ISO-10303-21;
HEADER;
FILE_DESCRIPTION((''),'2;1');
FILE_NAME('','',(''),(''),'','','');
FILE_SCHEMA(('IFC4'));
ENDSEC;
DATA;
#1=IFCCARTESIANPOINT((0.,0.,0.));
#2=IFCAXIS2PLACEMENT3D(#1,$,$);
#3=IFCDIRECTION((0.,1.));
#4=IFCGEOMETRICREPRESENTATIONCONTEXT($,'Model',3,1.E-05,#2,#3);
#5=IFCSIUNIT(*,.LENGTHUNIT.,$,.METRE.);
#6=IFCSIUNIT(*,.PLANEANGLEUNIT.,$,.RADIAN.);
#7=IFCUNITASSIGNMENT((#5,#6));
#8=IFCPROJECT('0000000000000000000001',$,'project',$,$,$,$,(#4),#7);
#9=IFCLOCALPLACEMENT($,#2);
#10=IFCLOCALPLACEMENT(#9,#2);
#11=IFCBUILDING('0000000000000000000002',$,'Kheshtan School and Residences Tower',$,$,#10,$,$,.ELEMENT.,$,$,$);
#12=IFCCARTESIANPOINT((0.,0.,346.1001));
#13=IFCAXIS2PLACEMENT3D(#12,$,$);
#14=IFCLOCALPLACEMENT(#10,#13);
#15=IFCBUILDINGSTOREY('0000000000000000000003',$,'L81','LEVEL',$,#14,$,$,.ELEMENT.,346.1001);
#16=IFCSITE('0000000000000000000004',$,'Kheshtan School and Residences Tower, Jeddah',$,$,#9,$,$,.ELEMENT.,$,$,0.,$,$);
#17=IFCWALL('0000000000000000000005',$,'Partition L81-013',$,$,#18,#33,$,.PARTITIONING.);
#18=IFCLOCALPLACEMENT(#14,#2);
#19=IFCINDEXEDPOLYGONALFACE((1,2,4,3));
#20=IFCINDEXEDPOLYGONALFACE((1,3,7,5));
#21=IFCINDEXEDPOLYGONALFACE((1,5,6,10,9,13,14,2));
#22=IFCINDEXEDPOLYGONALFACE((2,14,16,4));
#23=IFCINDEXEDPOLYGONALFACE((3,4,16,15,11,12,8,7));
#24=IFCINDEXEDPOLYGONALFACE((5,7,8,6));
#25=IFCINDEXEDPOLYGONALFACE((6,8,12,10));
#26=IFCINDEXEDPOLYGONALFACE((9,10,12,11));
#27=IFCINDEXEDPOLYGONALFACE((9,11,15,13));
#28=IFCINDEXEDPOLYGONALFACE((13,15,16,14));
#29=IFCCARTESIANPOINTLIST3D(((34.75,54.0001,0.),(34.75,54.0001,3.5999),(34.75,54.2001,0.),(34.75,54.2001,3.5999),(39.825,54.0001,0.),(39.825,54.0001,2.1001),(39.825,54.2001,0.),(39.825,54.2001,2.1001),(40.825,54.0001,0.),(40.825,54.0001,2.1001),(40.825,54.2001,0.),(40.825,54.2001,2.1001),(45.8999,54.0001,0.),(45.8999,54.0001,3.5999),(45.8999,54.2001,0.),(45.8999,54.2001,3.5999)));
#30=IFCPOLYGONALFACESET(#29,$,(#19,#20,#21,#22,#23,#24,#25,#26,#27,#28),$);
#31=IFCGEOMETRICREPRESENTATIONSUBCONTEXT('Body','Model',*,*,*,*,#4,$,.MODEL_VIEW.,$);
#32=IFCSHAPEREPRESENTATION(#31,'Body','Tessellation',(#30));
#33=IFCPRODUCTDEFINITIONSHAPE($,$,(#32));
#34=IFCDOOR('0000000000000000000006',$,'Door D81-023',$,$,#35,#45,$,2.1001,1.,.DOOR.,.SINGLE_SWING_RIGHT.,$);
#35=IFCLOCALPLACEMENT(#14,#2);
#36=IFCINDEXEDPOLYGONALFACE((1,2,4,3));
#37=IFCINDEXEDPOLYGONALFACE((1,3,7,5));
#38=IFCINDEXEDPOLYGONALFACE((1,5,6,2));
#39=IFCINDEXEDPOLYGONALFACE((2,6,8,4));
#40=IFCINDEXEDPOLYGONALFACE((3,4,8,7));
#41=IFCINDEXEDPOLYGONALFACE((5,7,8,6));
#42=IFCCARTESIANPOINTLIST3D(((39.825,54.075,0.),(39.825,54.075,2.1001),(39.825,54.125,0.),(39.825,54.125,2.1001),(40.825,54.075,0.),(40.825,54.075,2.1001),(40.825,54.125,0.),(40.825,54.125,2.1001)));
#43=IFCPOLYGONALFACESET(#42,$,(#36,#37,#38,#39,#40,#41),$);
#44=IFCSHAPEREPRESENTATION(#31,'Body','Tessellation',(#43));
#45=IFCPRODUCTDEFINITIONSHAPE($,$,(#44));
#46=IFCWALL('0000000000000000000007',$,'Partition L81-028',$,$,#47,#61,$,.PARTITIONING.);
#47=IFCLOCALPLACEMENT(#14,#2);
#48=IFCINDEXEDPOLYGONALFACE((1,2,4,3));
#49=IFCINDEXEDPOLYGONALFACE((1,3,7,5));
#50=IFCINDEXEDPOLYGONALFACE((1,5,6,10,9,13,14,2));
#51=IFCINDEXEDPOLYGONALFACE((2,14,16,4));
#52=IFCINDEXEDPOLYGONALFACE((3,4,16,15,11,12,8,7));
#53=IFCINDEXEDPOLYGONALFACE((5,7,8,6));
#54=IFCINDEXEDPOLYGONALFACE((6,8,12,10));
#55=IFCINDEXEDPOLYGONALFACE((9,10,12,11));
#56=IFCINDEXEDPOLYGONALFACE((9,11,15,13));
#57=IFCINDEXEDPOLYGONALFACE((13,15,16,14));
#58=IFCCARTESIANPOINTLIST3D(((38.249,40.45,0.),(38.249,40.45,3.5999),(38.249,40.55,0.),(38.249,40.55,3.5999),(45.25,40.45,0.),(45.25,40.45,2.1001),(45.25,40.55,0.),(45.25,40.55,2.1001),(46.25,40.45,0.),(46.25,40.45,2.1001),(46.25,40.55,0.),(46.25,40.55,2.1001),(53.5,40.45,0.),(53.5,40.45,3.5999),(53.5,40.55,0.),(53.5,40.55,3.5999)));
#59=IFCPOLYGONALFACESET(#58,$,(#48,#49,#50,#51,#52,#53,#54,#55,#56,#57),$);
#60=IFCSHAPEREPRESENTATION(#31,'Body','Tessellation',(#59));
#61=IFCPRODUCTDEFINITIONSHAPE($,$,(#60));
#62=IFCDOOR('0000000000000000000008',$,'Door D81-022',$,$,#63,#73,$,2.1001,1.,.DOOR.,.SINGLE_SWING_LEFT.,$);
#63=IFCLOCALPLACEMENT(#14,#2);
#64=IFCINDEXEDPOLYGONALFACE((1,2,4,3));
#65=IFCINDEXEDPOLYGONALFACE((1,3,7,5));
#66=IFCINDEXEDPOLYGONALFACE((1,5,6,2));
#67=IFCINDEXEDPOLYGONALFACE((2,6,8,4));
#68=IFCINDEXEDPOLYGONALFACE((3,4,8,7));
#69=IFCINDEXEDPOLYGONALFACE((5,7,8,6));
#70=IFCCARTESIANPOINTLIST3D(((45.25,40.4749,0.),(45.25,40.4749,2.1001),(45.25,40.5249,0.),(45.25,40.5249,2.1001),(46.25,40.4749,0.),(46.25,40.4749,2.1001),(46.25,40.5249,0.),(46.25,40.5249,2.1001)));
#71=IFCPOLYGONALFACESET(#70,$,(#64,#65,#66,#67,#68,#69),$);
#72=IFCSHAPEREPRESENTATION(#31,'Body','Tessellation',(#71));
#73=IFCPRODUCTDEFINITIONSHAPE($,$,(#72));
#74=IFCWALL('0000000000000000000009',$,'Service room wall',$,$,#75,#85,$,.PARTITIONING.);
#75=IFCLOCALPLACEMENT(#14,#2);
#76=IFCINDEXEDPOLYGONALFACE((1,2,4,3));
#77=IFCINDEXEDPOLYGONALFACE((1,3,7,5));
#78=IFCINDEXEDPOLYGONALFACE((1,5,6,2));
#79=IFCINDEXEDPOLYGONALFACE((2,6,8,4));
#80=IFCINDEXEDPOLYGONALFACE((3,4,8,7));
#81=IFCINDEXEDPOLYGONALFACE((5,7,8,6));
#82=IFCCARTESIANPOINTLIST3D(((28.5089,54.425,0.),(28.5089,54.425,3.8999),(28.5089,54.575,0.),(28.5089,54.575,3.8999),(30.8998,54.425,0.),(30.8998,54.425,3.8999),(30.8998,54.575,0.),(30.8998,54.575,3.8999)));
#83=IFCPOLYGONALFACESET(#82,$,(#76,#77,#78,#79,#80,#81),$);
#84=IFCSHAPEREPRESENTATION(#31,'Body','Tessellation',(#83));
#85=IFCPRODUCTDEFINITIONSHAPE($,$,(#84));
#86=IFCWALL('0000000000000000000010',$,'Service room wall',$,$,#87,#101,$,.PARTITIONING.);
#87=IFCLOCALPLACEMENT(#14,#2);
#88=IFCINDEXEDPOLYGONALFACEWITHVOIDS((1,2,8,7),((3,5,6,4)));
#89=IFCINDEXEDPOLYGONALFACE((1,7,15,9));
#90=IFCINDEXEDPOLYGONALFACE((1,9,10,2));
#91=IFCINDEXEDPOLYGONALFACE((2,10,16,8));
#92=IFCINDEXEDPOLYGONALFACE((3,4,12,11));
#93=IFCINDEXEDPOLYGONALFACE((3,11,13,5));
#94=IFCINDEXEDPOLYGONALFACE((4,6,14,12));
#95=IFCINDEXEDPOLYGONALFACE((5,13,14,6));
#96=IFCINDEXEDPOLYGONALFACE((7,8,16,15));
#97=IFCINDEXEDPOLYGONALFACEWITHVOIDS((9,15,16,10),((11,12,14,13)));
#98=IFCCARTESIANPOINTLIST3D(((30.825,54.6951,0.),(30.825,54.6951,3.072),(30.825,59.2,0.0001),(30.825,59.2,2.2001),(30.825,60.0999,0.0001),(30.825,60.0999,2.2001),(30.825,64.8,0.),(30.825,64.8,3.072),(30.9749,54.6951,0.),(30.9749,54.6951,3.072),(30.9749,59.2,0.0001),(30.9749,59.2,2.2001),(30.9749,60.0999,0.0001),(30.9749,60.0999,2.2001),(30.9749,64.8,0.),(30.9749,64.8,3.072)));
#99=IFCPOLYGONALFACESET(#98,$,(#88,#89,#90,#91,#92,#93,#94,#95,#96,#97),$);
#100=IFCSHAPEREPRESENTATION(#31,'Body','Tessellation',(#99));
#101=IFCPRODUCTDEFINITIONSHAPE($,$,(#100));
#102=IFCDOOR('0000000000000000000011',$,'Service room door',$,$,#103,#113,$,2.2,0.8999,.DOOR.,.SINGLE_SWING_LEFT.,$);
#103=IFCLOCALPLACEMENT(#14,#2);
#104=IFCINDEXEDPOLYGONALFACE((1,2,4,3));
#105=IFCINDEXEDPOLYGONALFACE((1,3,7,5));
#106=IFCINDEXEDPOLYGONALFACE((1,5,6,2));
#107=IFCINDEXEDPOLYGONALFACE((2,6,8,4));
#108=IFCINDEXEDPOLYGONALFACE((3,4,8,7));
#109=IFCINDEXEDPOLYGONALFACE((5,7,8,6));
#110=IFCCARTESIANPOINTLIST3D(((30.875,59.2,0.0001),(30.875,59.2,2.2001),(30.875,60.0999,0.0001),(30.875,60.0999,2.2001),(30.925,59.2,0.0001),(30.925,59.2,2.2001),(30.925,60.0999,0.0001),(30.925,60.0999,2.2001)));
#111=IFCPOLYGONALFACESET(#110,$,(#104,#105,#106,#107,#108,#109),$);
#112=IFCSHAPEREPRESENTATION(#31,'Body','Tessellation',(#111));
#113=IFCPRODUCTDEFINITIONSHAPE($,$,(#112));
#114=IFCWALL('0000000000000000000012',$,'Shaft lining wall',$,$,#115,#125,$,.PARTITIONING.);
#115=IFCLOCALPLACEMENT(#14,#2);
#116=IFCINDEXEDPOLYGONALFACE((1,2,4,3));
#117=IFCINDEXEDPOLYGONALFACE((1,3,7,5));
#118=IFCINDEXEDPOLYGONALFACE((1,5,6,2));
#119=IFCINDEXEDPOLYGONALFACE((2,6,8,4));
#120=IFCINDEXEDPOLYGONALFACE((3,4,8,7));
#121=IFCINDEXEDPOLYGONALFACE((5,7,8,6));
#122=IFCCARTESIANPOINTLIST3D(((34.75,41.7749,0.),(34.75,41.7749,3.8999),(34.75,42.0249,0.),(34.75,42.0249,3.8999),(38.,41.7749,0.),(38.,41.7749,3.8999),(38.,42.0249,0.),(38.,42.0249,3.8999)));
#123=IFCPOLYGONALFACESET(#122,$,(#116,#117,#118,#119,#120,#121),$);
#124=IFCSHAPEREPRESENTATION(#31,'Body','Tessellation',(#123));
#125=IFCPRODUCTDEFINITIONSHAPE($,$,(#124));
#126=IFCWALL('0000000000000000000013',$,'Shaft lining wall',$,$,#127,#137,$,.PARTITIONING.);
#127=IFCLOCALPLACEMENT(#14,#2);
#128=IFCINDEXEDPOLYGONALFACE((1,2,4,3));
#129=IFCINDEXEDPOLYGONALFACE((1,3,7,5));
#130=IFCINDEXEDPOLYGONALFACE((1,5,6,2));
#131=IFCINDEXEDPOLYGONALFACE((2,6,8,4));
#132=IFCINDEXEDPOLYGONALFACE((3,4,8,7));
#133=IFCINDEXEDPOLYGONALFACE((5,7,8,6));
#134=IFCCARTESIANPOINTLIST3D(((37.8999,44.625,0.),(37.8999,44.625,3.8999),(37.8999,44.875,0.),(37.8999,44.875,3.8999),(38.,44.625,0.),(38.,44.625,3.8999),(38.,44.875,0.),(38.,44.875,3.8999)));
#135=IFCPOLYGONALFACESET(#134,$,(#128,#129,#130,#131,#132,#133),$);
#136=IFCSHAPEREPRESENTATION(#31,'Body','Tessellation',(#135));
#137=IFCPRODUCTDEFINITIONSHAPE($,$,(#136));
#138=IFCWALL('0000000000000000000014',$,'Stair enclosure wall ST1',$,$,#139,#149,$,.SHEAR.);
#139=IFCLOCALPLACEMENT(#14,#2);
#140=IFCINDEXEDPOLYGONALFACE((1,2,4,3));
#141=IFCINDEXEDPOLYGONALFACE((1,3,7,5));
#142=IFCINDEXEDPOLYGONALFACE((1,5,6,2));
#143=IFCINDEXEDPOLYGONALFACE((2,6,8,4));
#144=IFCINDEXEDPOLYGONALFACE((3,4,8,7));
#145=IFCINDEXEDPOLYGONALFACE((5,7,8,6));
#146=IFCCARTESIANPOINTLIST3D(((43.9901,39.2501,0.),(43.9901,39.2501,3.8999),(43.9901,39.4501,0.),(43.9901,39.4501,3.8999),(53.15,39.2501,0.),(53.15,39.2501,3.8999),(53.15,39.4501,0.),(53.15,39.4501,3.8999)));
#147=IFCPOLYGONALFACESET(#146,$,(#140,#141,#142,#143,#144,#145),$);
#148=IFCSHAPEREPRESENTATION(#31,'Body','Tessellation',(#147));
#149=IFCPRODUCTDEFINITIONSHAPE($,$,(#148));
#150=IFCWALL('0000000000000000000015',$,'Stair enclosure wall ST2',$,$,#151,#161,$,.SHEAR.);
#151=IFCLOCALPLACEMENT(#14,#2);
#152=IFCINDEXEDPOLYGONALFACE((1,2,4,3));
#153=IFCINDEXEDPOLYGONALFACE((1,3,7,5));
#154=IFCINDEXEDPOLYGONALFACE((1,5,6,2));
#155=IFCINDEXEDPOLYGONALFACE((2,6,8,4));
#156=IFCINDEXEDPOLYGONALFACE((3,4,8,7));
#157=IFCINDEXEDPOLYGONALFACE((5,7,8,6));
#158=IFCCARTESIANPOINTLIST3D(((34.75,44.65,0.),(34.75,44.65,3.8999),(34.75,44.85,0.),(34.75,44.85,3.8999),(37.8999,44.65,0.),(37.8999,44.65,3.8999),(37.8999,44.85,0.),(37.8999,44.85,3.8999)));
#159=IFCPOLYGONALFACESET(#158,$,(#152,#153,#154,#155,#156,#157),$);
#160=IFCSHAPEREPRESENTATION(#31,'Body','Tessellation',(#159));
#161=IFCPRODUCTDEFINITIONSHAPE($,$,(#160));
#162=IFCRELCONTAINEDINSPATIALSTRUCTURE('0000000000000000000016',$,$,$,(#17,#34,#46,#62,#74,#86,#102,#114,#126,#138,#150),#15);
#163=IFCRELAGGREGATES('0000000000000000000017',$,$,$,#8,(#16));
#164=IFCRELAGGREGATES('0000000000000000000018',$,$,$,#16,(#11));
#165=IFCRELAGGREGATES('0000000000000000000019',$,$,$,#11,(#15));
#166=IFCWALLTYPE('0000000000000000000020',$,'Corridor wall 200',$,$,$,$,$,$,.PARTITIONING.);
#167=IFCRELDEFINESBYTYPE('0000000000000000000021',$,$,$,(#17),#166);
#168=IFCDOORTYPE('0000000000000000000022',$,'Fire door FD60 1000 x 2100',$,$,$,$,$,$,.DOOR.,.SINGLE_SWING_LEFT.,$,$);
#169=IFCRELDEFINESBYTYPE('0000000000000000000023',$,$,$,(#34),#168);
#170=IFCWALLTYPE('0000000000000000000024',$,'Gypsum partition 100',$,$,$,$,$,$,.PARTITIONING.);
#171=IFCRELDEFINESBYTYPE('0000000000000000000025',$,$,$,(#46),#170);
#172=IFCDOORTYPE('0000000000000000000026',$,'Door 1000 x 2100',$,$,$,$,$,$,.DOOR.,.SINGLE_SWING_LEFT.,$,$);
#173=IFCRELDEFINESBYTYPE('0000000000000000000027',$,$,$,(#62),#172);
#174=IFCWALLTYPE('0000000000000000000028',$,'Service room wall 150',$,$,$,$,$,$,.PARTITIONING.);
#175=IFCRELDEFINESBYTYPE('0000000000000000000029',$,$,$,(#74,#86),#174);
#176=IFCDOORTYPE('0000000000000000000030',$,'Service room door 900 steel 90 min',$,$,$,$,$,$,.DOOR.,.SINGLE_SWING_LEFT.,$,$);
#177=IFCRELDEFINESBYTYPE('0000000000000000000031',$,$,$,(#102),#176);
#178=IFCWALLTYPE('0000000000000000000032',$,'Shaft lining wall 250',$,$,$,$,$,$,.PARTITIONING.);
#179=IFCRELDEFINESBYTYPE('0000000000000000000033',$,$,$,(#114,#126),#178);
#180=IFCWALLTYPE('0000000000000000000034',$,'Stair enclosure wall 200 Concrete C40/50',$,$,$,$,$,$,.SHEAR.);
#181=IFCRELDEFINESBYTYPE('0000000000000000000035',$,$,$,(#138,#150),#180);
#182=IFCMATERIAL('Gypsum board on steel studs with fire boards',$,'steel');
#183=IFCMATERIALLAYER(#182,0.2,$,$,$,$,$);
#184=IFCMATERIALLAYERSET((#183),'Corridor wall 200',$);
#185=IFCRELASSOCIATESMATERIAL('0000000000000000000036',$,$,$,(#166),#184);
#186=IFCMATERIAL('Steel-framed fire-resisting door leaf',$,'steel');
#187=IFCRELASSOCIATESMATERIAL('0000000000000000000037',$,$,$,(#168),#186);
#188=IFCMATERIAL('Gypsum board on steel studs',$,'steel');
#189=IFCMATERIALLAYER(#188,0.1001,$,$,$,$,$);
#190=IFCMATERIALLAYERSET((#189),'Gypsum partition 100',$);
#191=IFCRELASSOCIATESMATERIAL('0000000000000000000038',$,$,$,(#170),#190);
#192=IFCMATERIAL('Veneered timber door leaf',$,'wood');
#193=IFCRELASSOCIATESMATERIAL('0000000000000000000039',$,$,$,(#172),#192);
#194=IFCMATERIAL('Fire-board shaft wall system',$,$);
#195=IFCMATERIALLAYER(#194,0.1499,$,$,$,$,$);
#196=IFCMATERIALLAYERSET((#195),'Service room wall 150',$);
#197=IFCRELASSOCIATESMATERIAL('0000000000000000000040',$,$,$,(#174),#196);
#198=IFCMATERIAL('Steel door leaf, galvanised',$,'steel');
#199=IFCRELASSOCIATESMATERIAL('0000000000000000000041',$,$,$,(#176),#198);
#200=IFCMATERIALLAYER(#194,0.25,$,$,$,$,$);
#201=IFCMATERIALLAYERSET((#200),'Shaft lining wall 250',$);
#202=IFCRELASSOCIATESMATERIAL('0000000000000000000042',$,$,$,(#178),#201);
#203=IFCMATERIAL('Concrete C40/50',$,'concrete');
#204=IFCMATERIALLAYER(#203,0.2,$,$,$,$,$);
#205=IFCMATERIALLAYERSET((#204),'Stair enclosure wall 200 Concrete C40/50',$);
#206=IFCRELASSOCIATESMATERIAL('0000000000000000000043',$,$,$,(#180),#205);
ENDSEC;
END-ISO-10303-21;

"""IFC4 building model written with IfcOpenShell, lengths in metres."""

from ifc_helpers import new_model, si_unit, direction, frame, frame_2d, origin, place, context, subcontext, project, spatial, rectangle, extrude, source, transform, mapped, material, layer, layer_set, type_object, element, fill, save


model = new_model("IFC4")

# Units and contexts
model_context = context("Model", 3, precision=1e-05, world=origin(), true_north=direction((0.0, 1.0)))
body_context = subcontext(model_context, "Body", "Model", "MODEL_VIEW")
ifc_project = project(units=[si_unit("LENGTHUNIT", "METRE"), si_unit("PLANEANGLEUNIT", "RADIAN")], contexts=[model_context])

# Site, building, storey
site_placement = place(None, origin())
site = spatial("IfcSite", under=ifc_project, at=site_placement, Name="Kheshtan School and Residences Tower, Jeddah", CompositionType="ELEMENT", RefElevation=0.0)
building_placement = place(site_placement, origin())
building = spatial("IfcBuilding", under=site, at=building_placement, Name="Kheshtan School and Residences Tower", CompositionType="ELEMENT")
storey_placement = place(building_placement, frame((0.0, 0.0, 346.1001)))
storey = spatial("IfcBuildingStorey", under=building, at=storey_placement, Name="L81", Description="LEVEL", CompositionType="ELEMENT", Elevation=346.1001)

# Walls, openings, doors
ifc_material_1 = material(Name="Gypsum board on steel studs with fire boards", Category="steel")
ifc_layer_1 = layer(ifc_material_1, 0.2)
ifc_layer_set_1 = layer_set([ifc_layer_1], Name="Corridor wall 200")
wall_type_1 = type_object("IfcWallType", Name="Corridor wall 200", PredefinedType="PARTITIONING", material=ifc_layer_set_1)
wall_1_placement = place(storey_placement, frame((34.75, 54.1001, 0.0), z_axis=(0.0, 0.0, 1.0), x_axis=(1.0, 0.0, 0.0)))
wall_1 = element("IfcWall", 1, at=wall_1_placement, inside=storey, type_object=wall_type_1, Name="Partition L81-013", PredefinedType="PARTITIONING", context=body_context, shape_type="SweptSolid", body=[
    extrude(rectangle(XDim=11.1499, YDim=0.2, at=frame_2d((5.575, 0.0))), origin(), (0.0, 0.0, 1.0), 3.5999),
])
opening_1_placement = place(wall_1_placement, frame((5.075, 0.0, 0.0)))
opening_1 = element("IfcOpeningElement", 2, at=opening_1_placement, cuts=wall_1, PredefinedType="OPENING", context=body_context, shape_type="SweptSolid", body=[
    extrude(rectangle(XDim=1.0, YDim=2.1001, at=frame_2d((0.5, 1.05))), frame((0.0, 0.1099, 0.0), z_axis=(0.0, -1.0, 0.0), x_axis=(1.0, 0.0, 0.0)), (0.0, 0.0, 1.0), 0.22),
])
ifc_material_2 = material(Name="Steel-framed fire-resisting door leaf", Category="steel")
door_type_1 = type_object("IfcDoorType", Name="Fire door FD60 1000 x 2100", OperationType="SINGLE_SWING_LEFT", PredefinedType="DOOR", material=ifc_material_2)
shared_shape_1 = source(origin(), body_context, "Body", "SweptSolid", [
    extrude(rectangle(XDim=1.0, YDim=2.1001, at=frame_2d((0.5, 1.05))), frame((0.0, 0.0249, 0.0), z_axis=(0.0, -1.0, 0.0), x_axis=(1.0, 0.0, 0.0)), (0.0, 0.0, 1.0), 0.05),
])
door_1_placement = place(opening_1_placement, origin())
door_1 = element("IfcDoor", 3, at=door_1_placement, inside=storey, type_object=door_type_1, Name="Door D81-023", OperationType="SINGLE_SWING_RIGHT", OverallHeight=2.1001, OverallWidth=1.0, PredefinedType="DOOR", context=body_context, shape_type="MappedRepresentation", body=[
    mapped(shared_shape_1, transform((0.0, 0.0, 0.0), x_axis=(1.0, 0.0, 0.0), y_axis=(0.0, 1.0, 0.0), z_axis=(0.0, 0.0, 1.0), scale=1.0)),
])
fill(opening_1, door_1)
ifc_material_3 = material(Name="Gypsum board on steel studs", Category="steel")
ifc_layer_2 = layer(ifc_material_3, 0.1001)
ifc_layer_set_2 = layer_set([ifc_layer_2], Name="Gypsum partition 100")
wall_type_2 = type_object("IfcWallType", Name="Gypsum partition 100", PredefinedType="PARTITIONING", material=ifc_layer_set_2)
wall_2_placement = place(storey_placement, frame((38.249, 40.5, 0.0), z_axis=(0.0, 0.0, 1.0), x_axis=(1.0, 0.0, 0.0)))
wall_2 = element("IfcWall", 4, at=wall_2_placement, inside=storey, type_object=wall_type_2, Name="Partition L81-028", PredefinedType="PARTITIONING", context=body_context, shape_type="SweptSolid", body=[
    extrude(rectangle(XDim=15.251, YDim=0.1001, at=frame_2d((7.6255, 0.0))), origin(), (0.0, 0.0, 1.0), 3.5999),
])
opening_2_placement = place(wall_2_placement, frame((7.001, 0.0, 0.0)))
opening_2 = element("IfcOpeningElement", 5, at=opening_2_placement, cuts=wall_2, PredefinedType="OPENING", context=body_context, shape_type="SweptSolid", body=[
    extrude(rectangle(XDim=1.0, YDim=2.1001, at=frame_2d((0.5, 1.05))), frame((0.0, 0.0601, 0.0), z_axis=(0.0, -1.0, 0.0), x_axis=(1.0, 0.0, 0.0)), (0.0, 0.0, 1.0), 0.1201),
])
ifc_material_4 = material(Name="Veneered timber door leaf", Category="wood")
door_type_2 = type_object("IfcDoorType", Name="Door 1000 x 2100", OperationType="SINGLE_SWING_LEFT", PredefinedType="DOOR", material=ifc_material_4)
shared_shape_2 = source(origin(), body_context, "Body", "SweptSolid", [
    extrude(rectangle(XDim=1.0, YDim=2.1001, at=frame_2d((0.5, 1.05))), frame((0.0, 0.0249, 0.0), z_axis=(0.0, -1.0, 0.0), x_axis=(1.0, 0.0, 0.0)), (0.0, 0.0, 1.0), 0.05),
])
door_2_placement = place(opening_2_placement, origin())
door_2 = element("IfcDoor", 6, at=door_2_placement, inside=storey, type_object=door_type_2, Name="Door D81-022", OperationType="SINGLE_SWING_LEFT", OverallHeight=2.1001, OverallWidth=1.0, PredefinedType="DOOR", context=body_context, shape_type="MappedRepresentation", body=[
    mapped(shared_shape_2, transform((0.0, 0.0, 0.0), x_axis=(1.0, 0.0, 0.0), y_axis=(0.0, 1.0, 0.0), z_axis=(0.0, 0.0, 1.0), scale=1.0)),
])
fill(opening_2, door_2)

# Wall
ifc_material_5 = material(Name="Fire-board shaft wall system")
ifc_layer_3 = layer(ifc_material_5, 0.1499)
ifc_layer_set_3 = layer_set([ifc_layer_3], Name="Service room wall 150")
wall_type_3 = type_object("IfcWallType", Name="Service room wall 150", PredefinedType="PARTITIONING", material=ifc_layer_set_3)
wall_3_placement = place(storey_placement, frame((28.509, 54.5, 0.0), z_axis=(0.0, 0.0, 1.0), x_axis=(1.0, 0.0, 0.0)))
element("IfcWall", 7, at=wall_3_placement, inside=storey, type_object=wall_type_3, Name="Service room wall", PredefinedType="PARTITIONING", context=body_context, shape_type="SweptSolid", body=[
    extrude(rectangle(XDim=2.3909, YDim=0.1499, at=frame_2d((1.1953, 0.0))), origin(), (0.0, 0.0, 1.0), 3.8999),
])

# Wall, opening, door
wall_4_placement = place(storey_placement, frame((30.8999, 54.6951, 0.0), z_axis=(0.0, 0.0, 1.0), x_axis=(0.0, 1.0, 0.0)))
wall_4 = element("IfcWall", 8, at=wall_4_placement, inside=storey, type_object=wall_type_3, Name="Service room wall", PredefinedType="PARTITIONING", context=body_context, shape_type="SweptSolid", body=[
    extrude(rectangle(XDim=10.105, YDim=0.1499, at=frame_2d((5.0525, 0.0))), origin(), (0.0, 0.0, 1.0), 3.072),
])
opening_3_placement = place(wall_4_placement, frame((4.5049, 0.0, 0.0)))
opening_3 = element("IfcOpeningElement", 9, at=opening_3_placement, cuts=wall_4, PredefinedType="OPENING", context=body_context, shape_type="SweptSolid", body=[
    extrude(rectangle(XDim=0.8999, YDim=2.2, at=frame_2d((0.45, 1.1001))), frame((0.0, 0.085, 0.0), z_axis=(0.0, -1.0, 0.0), x_axis=(1.0, 0.0, 0.0)), (0.0, 0.0, 1.0), 0.1699),
])
ifc_material_6 = material(Name="Steel door leaf, galvanised", Category="steel")
door_type_3 = type_object("IfcDoorType", Name="Service room door 900 steel 90 min", OperationType="SINGLE_SWING_LEFT", PredefinedType="DOOR", material=ifc_material_6)
shared_shape_3 = source(origin(), body_context, "Body", "SweptSolid", [
    extrude(rectangle(XDim=0.8999, YDim=2.2, at=frame_2d((0.45, 1.1001))), frame((0.0, 0.0249, 0.0), z_axis=(0.0, -1.0, 0.0), x_axis=(1.0, 0.0, 0.0)), (0.0, 0.0, 1.0), 0.05),
])
door_3_placement = place(opening_3_placement, origin())
door_3 = element("IfcDoor", 10, at=door_3_placement, inside=storey, type_object=door_type_3, Name="Service room door", OperationType="SINGLE_SWING_LEFT", OverallHeight=2.2, OverallWidth=0.8999, PredefinedType="DOOR", context=body_context, shape_type="MappedRepresentation", body=[
    mapped(shared_shape_3, transform((0.0, 0.0, 0.0), x_axis=(1.0, 0.0, 0.0), y_axis=(0.0, 1.0, 0.0), z_axis=(0.0, 0.0, 1.0), scale=1.0)),
])
fill(opening_3, door_3)

# Walls
ifc_layer_4 = layer(ifc_material_5, 0.25)
ifc_layer_set_4 = layer_set([ifc_layer_4], Name="Shaft lining wall 250")
wall_type_4 = type_object("IfcWallType", Name="Shaft lining wall 250", PredefinedType="PARTITIONING", material=ifc_layer_set_4)
wall_5_placement = place(storey_placement, frame((34.75, 41.8999, 0.0), z_axis=(0.0, 0.0, 1.0), x_axis=(1.0, 0.0, 0.0)))
element("IfcWall", 11, at=wall_5_placement, inside=storey, type_object=wall_type_4, Name="Shaft lining wall", PredefinedType="PARTITIONING", context=body_context, shape_type="SweptSolid", body=[
    extrude(rectangle(XDim=3.25, YDim=0.25, at=frame_2d((1.625, 0.0))), origin(), (0.0, 0.0, 1.0), 3.8999),
])
wall_6_placement = place(storey_placement, frame((37.8999, 44.75, 0.0), z_axis=(0.0, 0.0, 1.0), x_axis=(1.0, 0.0, 0.0)))
element("IfcWall", 12, at=wall_6_placement, inside=storey, type_object=wall_type_4, Name="Shaft lining wall", PredefinedType="PARTITIONING", context=body_context, shape_type="SweptSolid", body=[
    extrude(rectangle(XDim=0.1001, YDim=0.25, at=frame_2d((0.05, 0.0))), origin(), (0.0, 0.0, 1.0), 3.8999),
])
ifc_material_7 = material(Name="Concrete C40/50", Category="concrete")
ifc_layer_5 = layer(ifc_material_7, 0.2)
ifc_layer_set_5 = layer_set([ifc_layer_5], Name="Stair enclosure wall 200 Concrete C40/50")
wall_type_5 = type_object("IfcWallType", Name="Stair enclosure wall 200 Concrete C40/50", PredefinedType="SHEAR", material=ifc_layer_set_5)
wall_7_placement = place(storey_placement, frame((43.99, 39.3501, 0.0), z_axis=(0.0, 0.0, 1.0), x_axis=(1.0, 0.0, 0.0)))
element("IfcWall", 13, at=wall_7_placement, inside=storey, type_object=wall_type_5, Name="Stair enclosure wall ST1", PredefinedType="SHEAR", context=body_context, shape_type="SweptSolid", body=[
    extrude(rectangle(XDim=9.1599, YDim=0.2, at=frame_2d((4.5801, 0.0))), origin(), (0.0, 0.0, 1.0), 3.8999),
])
for number, where, z_axis, x_axis, name in (
    (14, (34.75, 44.75, 0.0), (0.0, 0.0, 1.0), (1.0, 0.0, 0.0), "Stair enclosure wall ST2"),
):
    element("IfcWall", number, at=place(storey_placement, frame(where, z_axis=z_axis, x_axis=x_axis)), inside=storey, type_object=wall_type_5, Name=name, PredefinedType="SHEAR", context=body_context, shape_type="SweptSolid", body=[
        extrude(rectangle(XDim=3.1499, YDim=0.2, at=frame_2d((1.575, 0.0))), origin(), (0.0, 0.0, 1.0), 3.8999),
    ])

save(model, "model.ifc")
